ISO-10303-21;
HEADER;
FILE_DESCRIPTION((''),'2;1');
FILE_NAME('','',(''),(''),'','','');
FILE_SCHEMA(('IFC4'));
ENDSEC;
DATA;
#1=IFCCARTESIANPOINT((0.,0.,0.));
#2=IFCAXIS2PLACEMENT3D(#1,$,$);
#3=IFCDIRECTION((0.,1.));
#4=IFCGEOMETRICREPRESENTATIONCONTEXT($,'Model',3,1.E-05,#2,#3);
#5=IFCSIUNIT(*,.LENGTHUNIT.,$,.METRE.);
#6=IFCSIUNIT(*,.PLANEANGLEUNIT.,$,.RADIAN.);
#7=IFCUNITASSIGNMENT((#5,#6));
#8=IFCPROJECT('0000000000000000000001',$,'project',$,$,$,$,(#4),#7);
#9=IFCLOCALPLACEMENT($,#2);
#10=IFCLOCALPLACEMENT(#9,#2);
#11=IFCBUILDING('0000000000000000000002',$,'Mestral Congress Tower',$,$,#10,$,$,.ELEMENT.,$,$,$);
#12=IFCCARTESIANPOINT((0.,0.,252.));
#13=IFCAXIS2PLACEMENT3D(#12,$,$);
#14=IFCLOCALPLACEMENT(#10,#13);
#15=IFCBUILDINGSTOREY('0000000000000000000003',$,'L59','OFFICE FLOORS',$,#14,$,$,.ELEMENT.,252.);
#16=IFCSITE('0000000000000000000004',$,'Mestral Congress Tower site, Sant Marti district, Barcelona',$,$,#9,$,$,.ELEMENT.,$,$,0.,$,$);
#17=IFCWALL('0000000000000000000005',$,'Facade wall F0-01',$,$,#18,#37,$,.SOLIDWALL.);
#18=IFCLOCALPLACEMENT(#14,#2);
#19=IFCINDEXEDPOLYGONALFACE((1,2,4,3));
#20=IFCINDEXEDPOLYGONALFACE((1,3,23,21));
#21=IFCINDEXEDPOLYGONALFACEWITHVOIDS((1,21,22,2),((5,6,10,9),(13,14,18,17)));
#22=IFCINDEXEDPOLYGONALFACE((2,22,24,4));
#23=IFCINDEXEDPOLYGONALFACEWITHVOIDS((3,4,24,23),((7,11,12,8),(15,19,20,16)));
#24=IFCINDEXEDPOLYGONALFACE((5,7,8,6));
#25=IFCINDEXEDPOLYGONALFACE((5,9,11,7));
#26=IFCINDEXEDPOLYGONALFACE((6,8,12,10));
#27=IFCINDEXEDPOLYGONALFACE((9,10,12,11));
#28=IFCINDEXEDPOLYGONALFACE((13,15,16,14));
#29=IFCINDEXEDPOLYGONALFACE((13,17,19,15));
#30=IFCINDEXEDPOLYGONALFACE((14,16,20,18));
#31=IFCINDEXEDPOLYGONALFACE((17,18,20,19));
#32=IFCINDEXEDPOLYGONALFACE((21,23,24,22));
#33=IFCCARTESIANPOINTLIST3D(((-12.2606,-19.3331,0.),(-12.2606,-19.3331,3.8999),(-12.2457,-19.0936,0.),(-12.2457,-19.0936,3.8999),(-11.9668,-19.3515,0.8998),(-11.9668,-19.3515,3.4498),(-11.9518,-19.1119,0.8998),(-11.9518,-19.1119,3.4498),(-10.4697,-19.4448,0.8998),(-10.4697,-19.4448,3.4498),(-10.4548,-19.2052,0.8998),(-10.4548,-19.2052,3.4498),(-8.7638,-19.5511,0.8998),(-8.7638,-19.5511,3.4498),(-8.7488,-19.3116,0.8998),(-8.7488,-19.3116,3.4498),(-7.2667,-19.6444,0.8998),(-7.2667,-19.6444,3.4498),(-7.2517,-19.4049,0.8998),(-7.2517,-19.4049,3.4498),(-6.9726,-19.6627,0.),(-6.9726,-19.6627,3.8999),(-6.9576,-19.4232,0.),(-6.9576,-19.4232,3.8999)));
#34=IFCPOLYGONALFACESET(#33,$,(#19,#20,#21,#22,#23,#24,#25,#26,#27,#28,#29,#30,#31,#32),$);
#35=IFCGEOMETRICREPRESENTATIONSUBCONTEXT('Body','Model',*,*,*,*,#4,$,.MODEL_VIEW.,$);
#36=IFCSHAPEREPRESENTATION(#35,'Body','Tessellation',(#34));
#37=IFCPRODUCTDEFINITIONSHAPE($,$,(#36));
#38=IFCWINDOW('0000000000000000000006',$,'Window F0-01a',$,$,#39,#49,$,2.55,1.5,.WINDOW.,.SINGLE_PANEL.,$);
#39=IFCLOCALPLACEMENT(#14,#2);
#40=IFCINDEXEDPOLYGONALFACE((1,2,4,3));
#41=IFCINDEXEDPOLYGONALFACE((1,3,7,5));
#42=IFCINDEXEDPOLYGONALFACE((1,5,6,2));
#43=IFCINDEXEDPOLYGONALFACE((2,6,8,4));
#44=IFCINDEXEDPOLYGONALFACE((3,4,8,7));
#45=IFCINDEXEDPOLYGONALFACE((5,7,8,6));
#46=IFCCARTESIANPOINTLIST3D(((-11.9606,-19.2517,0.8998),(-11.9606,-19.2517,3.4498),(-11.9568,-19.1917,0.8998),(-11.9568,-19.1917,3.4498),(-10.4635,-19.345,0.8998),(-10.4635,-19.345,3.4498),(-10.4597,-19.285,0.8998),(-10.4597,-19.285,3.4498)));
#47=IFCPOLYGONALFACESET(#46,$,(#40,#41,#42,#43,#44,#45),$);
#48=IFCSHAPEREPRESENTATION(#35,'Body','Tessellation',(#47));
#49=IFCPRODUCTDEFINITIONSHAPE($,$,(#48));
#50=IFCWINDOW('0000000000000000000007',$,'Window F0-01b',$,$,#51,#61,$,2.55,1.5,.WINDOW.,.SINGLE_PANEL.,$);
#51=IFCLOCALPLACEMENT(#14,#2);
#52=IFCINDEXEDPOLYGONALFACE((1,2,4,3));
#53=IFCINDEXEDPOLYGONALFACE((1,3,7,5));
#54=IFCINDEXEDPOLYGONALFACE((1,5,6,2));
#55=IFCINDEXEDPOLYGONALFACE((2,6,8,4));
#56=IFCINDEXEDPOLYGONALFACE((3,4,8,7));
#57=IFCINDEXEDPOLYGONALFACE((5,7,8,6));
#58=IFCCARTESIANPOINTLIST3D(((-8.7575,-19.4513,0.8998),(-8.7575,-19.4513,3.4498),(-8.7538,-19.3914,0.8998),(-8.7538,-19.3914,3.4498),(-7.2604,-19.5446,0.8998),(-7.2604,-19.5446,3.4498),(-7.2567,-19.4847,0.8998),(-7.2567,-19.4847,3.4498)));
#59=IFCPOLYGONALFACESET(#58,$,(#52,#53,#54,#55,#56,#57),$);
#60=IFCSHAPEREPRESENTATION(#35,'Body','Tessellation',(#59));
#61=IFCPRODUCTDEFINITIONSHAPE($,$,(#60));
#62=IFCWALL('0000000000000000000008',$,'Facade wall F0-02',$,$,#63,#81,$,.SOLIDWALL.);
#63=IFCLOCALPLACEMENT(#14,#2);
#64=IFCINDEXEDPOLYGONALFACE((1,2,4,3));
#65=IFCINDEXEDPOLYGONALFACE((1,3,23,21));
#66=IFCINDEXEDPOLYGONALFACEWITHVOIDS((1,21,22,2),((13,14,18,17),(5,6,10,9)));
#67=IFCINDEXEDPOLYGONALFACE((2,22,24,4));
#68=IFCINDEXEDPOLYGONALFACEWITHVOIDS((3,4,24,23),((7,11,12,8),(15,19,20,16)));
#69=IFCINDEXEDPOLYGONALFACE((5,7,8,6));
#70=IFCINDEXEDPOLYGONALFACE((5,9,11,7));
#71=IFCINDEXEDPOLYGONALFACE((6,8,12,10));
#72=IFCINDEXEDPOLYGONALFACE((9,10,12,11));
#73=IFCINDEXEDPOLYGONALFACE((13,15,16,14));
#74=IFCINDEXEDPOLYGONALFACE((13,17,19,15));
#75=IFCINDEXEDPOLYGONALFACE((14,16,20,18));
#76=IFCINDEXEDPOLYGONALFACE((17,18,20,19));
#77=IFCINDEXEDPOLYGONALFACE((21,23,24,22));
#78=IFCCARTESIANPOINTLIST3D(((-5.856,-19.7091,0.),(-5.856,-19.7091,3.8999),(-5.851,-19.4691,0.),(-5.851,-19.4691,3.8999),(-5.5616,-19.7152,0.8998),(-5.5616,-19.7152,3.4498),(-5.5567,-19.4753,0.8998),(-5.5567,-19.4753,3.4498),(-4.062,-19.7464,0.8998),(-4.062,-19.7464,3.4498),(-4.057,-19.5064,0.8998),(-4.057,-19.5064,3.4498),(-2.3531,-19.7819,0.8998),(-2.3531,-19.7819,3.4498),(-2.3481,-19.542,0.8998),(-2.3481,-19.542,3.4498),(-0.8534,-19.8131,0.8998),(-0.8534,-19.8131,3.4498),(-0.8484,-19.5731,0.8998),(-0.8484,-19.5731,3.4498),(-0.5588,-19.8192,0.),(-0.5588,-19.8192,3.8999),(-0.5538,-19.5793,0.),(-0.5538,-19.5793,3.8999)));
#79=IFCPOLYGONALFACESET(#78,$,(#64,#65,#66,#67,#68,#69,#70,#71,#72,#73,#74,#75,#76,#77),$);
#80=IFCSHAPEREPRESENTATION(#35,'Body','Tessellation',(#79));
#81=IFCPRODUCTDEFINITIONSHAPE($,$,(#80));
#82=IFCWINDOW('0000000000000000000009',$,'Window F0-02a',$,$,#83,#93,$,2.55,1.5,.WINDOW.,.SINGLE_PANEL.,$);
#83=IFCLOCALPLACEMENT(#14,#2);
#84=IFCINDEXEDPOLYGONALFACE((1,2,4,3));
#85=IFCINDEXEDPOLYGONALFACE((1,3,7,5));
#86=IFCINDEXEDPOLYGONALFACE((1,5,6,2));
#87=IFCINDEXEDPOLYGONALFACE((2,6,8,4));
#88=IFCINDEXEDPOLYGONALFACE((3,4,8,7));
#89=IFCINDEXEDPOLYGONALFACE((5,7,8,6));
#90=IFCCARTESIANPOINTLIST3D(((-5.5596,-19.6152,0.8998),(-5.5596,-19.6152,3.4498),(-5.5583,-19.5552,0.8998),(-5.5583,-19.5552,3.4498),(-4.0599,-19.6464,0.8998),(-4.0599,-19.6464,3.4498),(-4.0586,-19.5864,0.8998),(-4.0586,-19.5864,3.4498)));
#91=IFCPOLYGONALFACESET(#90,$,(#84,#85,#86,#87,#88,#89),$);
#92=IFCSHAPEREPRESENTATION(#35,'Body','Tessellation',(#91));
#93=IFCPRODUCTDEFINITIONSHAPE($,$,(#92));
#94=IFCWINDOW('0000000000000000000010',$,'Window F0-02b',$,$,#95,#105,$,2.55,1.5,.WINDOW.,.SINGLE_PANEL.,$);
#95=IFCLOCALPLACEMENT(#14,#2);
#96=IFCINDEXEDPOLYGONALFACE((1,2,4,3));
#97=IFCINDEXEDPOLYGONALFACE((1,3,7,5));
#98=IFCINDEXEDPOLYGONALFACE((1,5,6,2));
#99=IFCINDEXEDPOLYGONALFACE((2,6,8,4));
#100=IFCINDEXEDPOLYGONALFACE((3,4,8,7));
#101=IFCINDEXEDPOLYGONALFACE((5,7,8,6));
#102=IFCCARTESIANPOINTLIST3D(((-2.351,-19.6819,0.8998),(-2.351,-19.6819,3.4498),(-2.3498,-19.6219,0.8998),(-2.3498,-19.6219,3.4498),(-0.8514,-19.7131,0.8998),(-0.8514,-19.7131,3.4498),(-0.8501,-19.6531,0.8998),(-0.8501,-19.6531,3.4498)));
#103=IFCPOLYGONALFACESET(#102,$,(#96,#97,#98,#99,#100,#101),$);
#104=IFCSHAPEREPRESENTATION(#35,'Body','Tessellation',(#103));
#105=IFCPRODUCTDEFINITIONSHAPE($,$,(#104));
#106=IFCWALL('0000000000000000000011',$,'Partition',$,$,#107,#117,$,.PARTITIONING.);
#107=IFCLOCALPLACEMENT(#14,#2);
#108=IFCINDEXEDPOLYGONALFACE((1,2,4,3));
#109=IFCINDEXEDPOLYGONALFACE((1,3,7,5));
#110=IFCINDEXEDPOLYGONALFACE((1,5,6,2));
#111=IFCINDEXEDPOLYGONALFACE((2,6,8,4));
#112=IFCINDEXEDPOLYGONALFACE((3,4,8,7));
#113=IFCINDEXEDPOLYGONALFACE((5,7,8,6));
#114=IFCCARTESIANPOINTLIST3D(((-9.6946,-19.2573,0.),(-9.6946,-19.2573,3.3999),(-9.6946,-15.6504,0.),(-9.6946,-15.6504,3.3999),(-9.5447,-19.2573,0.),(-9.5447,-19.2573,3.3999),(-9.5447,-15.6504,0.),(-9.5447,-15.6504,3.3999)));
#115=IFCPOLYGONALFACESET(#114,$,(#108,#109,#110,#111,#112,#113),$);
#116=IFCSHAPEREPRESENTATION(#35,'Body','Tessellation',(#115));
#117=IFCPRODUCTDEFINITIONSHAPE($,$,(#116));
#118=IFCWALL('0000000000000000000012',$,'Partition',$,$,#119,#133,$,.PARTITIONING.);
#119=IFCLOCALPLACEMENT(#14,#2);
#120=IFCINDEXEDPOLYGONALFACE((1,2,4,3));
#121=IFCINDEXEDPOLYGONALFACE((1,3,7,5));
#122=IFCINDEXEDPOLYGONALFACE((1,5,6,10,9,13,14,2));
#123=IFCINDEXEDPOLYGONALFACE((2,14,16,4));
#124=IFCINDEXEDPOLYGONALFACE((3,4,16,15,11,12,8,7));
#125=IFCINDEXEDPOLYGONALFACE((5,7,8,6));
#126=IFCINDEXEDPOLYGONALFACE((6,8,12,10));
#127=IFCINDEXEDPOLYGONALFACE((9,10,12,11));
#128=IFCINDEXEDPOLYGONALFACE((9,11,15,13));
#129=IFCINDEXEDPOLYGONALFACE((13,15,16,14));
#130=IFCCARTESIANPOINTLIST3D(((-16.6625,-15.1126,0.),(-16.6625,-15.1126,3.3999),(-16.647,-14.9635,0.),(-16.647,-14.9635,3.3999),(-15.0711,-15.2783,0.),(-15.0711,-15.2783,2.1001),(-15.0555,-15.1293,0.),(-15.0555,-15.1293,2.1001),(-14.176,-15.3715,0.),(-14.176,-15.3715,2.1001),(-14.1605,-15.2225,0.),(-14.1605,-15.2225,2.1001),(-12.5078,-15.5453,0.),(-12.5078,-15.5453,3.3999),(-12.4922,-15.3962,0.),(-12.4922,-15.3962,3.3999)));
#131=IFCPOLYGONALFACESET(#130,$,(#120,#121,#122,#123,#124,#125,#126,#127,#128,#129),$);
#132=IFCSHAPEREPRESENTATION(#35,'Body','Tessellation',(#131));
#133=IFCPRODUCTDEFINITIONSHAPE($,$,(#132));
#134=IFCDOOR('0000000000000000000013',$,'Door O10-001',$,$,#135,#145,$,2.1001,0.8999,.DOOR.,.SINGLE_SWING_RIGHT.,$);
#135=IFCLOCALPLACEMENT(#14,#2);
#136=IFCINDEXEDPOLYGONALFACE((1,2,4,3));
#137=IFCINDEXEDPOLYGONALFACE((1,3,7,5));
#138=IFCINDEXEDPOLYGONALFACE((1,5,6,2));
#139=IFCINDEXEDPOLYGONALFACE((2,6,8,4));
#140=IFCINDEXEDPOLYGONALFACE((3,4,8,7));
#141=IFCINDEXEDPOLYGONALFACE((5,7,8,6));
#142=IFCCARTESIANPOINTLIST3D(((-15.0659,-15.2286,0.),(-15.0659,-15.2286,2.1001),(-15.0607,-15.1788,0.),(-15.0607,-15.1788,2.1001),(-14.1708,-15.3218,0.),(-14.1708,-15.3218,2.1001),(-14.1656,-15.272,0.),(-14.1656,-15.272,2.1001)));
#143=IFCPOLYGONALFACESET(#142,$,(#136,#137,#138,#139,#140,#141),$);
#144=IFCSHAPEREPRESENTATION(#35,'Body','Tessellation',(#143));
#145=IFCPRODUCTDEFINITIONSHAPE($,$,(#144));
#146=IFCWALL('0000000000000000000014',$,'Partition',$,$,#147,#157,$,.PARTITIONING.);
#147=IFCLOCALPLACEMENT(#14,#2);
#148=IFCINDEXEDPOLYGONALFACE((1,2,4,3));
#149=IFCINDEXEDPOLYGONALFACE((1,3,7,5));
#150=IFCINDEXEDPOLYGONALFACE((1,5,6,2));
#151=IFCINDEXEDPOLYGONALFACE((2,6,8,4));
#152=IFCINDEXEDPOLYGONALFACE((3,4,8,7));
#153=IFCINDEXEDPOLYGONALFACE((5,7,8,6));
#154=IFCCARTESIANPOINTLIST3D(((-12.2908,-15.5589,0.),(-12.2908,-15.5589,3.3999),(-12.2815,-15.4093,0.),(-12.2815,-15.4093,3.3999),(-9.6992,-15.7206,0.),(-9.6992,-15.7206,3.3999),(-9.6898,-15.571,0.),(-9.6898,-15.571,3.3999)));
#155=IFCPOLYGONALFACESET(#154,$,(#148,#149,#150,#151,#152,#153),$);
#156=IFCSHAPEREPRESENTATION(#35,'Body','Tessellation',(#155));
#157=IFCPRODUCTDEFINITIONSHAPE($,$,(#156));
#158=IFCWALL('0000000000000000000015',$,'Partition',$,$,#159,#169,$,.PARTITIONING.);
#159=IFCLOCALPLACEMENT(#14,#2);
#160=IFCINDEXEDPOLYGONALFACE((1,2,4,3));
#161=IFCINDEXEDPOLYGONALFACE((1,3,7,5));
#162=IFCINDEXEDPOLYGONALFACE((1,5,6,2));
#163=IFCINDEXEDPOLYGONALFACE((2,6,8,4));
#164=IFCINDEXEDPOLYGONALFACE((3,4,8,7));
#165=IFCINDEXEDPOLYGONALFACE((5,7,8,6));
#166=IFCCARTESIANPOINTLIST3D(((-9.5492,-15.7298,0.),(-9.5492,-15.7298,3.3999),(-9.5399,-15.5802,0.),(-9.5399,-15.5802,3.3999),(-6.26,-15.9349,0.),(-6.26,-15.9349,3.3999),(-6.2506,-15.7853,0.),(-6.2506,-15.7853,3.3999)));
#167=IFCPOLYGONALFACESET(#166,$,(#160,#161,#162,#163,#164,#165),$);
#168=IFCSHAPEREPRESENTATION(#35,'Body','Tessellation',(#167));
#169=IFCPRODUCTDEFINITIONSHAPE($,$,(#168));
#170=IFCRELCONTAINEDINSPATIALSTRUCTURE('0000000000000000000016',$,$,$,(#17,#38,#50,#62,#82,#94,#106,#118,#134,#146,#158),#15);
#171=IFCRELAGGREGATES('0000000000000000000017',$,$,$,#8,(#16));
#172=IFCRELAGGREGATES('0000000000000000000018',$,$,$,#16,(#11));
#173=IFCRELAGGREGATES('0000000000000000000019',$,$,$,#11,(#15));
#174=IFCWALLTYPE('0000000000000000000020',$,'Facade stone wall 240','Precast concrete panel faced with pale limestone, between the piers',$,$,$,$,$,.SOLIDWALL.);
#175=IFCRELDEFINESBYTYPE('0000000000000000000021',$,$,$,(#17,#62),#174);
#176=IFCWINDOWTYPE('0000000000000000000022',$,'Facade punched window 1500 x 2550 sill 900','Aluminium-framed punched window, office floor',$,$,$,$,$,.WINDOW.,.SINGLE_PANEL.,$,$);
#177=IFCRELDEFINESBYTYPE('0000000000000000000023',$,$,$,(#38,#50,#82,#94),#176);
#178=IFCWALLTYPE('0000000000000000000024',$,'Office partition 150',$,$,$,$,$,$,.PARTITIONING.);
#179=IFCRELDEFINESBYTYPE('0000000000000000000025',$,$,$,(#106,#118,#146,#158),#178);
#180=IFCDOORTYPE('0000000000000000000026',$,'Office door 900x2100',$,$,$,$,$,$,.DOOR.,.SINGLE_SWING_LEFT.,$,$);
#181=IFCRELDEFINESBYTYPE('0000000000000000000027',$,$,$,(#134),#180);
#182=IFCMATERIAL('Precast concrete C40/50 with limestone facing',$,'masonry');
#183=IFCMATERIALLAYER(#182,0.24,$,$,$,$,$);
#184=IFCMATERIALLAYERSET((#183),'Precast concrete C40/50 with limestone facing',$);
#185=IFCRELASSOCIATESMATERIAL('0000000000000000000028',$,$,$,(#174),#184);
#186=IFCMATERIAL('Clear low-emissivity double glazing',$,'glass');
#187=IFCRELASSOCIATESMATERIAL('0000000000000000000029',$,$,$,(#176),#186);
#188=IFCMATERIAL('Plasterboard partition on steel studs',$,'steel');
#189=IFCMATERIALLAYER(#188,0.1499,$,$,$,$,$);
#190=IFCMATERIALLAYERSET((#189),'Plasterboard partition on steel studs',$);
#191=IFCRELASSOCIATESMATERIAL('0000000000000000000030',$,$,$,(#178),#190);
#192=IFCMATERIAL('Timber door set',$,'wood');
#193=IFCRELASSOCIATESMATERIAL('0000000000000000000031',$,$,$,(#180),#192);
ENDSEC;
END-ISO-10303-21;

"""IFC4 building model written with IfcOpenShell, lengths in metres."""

from ifc_helpers import new_model, si_unit, direction, frame, frame_2d, origin, place, context, subcontext, project, spatial, rectangle, extrude, material, layer, layer_set, type_object, element, fill, save


model = new_model("IFC4")

# Units and contexts
model_context = context("Model", 3, precision=1e-05, world=origin(), true_north=direction((0.0, 1.0)))
body_context = subcontext(model_context, "Body", "Model", "MODEL_VIEW")
ifc_project = project(units=[si_unit("LENGTHUNIT", "METRE"), si_unit("PLANEANGLEUNIT", "RADIAN")], contexts=[model_context])

# Site, building, storey
site_placement = place(None, origin())
site = spatial("IfcSite", under=ifc_project, at=site_placement, Name="Mestral Congress Tower site, Sant Marti district, Barcelona", CompositionType="ELEMENT", RefElevation=0.0)
building_placement = place(site_placement, origin())
building = spatial("IfcBuilding", under=site, at=building_placement, Name="Mestral Congress Tower", CompositionType="ELEMENT")
storey_placement = place(building_placement, frame((0.0, 0.0, 252.0)))
storey = spatial("IfcBuildingStorey", under=building, at=storey_placement, Name="L59", Description="OFFICE FLOORS", CompositionType="ELEMENT", Elevation=252.0)

# Walls, openings, windows
ifc_material_1 = material(Name="Precast concrete C40/50 with limestone facing", Category="masonry")
ifc_layer_1 = layer(ifc_material_1, 0.24)
ifc_layer_set_1 = layer_set([ifc_layer_1], Name="Precast concrete C40/50 with limestone facing")
wall_type_1 = type_object("IfcWallType", Name="Facade stone wall 240", Description="Precast concrete panel faced with pale limestone, between the piers", PredefinedType="SOLIDWALL", material=ifc_layer_set_1)
wall_1_placement = place(storey_placement, frame((-12.2532, -19.2134, 0.0), z_axis=(0.0, 0.0, 1.0), x_axis=(0.998063, -0.062206, 0.0)))
wall_1 = element("IfcWall", 1, at=wall_1_placement, inside=storey, type_object=wall_type_1, Name="Facade wall F0-01", PredefinedType="SOLIDWALL", context=body_context, shape_type="SweptSolid", body=[
    extrude(rectangle(XDim=5.2983, YDim=0.24, at=frame_2d((2.6492, 0.0))), origin(), (0.0, 0.0, 1.0), 3.8999),
])
opening_1_placement = place(wall_1_placement, frame((0.2944, 0.0, 0.8999)))
opening_1 = element("IfcOpeningElement", 2, at=opening_1_placement, cuts=wall_1, PredefinedType="OPENING", context=body_context, shape_type="SweptSolid", body=[
    extrude(rectangle(XDim=1.5, YDim=2.55, at=frame_2d((0.75, 1.2749))), frame((0.0, 0.1299, 0.0), z_axis=(0.0, -1.0, 0.0), x_axis=(1.0, 0.0, 0.0)), (0.0, 0.0, 1.0), 0.26),
])
opening_2_placement = place(wall_1_placement, frame((3.5037, 0.0, 0.8999)))
opening_2 = element("IfcOpeningElement", 3, at=opening_2_placement, cuts=wall_1, PredefinedType="OPENING", context=body_context, shape_type="SweptSolid", body=[
    extrude(rectangle(XDim=1.5, YDim=2.55, at=frame_2d((0.75, 1.2749))), frame((0.0, 0.1299, 0.0), z_axis=(0.0, -1.0, 0.0), x_axis=(1.0, 0.0, 0.0)), (0.0, 0.0, 1.0), 0.26),
])
ifc_material_2 = material(Name="Clear low-emissivity double glazing", Category="glass")
window_type = type_object("IfcWindowType", Name="Facade punched window 1500 x 2550 sill 900", Description="Aluminium-framed punched window, office floor", PartitioningType="SINGLE_PANEL", PredefinedType="WINDOW", material=ifc_material_2)
window_1_placement = place(opening_1_placement, origin())
window_1 = element("IfcWindow", 4, at=window_1_placement, inside=storey, type_object=window_type, Name="Window F0-01a", OverallHeight=2.55, OverallWidth=1.5, PartitioningType="SINGLE_PANEL", PredefinedType="WINDOW", context=body_context, shape_type="SweptSolid", body=[
    extrude(rectangle(XDim=1.5, YDim=2.55, at=frame_2d((0.75, 1.2749))), frame((0.0, 0.04, 0.0), z_axis=(0.0, -1.0, 0.0), x_axis=(1.0, 0.0, 0.0)), (0.0, 0.0, 1.0), 0.0601),
])
fill(opening_1, window_1)
window_2_placement = place(opening_2_placement, origin())
window_2 = element("IfcWindow", 5, at=window_2_placement, inside=storey, type_object=window_type, Name="Window F0-01b", OverallHeight=2.55, OverallWidth=1.5, PartitioningType="SINGLE_PANEL", PredefinedType="WINDOW", context=body_context, shape_type="SweptSolid", body=[
    extrude(rectangle(XDim=1.5, YDim=2.55, at=frame_2d((0.75, 1.2749))), frame((0.0, 0.04, 0.0), z_axis=(0.0, -1.0, 0.0), x_axis=(1.0, 0.0, 0.0)), (0.0, 0.0, 1.0), 0.0601),
])
fill(opening_2, window_2)
wall_2_placement = place(storey_placement, frame((-5.8535, -19.5891, 0.0), z_axis=(0.0, 0.0, 1.0), x_axis=(0.999784, -0.020782, 0.0)))
wall_2 = element("IfcWall", 6, at=wall_2_placement, inside=storey, type_object=wall_type_1, Name="Facade wall F0-02", PredefinedType="SOLIDWALL", context=body_context, shape_type="SweptSolid", body=[
    extrude(rectangle(XDim=5.2983, YDim=0.24, at=frame_2d((2.6492, 0.0))), origin(), (0.0, 0.0, 1.0), 3.8999),
])
opening_3_placement = place(wall_2_placement, frame((0.2944, 0.0, 0.8999)))
opening_3 = element("IfcOpeningElement", 7, at=opening_3_placement, cuts=wall_2, PredefinedType="OPENING", context=body_context, shape_type="SweptSolid", body=[
    extrude(rectangle(XDim=1.5, YDim=2.55, at=frame_2d((0.75, 1.2749))), frame((0.0, 0.1299, 0.0), z_axis=(0.0, -1.0, 0.0), x_axis=(1.0, 0.0, 0.0)), (0.0, 0.0, 1.0), 0.26),
])
opening_4_placement = place(wall_2_placement, frame((3.5037, 0.0, 0.8999)))
opening_4 = element("IfcOpeningElement", 8, at=opening_4_placement, cuts=wall_2, PredefinedType="OPENING", context=body_context, shape_type="SweptSolid", body=[
    extrude(rectangle(XDim=1.5, YDim=2.55, at=frame_2d((0.75, 1.2749))), frame((0.0, 0.1299, 0.0), z_axis=(0.0, -1.0, 0.0), x_axis=(1.0, 0.0, 0.0)), (0.0, 0.0, 1.0), 0.26),
])
window_3_placement = place(opening_3_placement, origin())
window_3 = element("IfcWindow", 9, at=window_3_placement, inside=storey, type_object=window_type, Name="Window F0-02a", OverallHeight=2.55, OverallWidth=1.5, PartitioningType="SINGLE_PANEL", PredefinedType="WINDOW", context=body_context, shape_type="SweptSolid", body=[
    extrude(rectangle(XDim=1.5, YDim=2.55, at=frame_2d((0.75, 1.2749))), frame((0.0, 0.04, 0.0), z_axis=(0.0, -1.0, 0.0), x_axis=(1.0, 0.0, 0.0)), (0.0, 0.0, 1.0), 0.0601),
])
fill(opening_3, window_3)
window_4_placement = place(opening_4_placement, origin())
window_4 = element("IfcWindow", 10, at=window_4_placement, inside=storey, type_object=window_type, Name="Window F0-02b", OverallHeight=2.55, OverallWidth=1.5, PartitioningType="SINGLE_PANEL", PredefinedType="WINDOW", context=body_context, shape_type="SweptSolid", body=[
    extrude(rectangle(XDim=1.5, YDim=2.55, at=frame_2d((0.75, 1.2749))), frame((0.0, 0.04, 0.0), z_axis=(0.0, -1.0, 0.0), x_axis=(1.0, 0.0, 0.0)), (0.0, 0.0, 1.0), 0.0601),
])
fill(opening_4, window_4)

# Wall
ifc_material_3 = material(Name="Plasterboard partition on steel studs", Category="steel")
ifc_layer_2 = layer(ifc_material_3, 0.1499)
ifc_layer_set_2 = layer_set([ifc_layer_2], Name="Plasterboard partition on steel studs")
wall_type_2 = type_object("IfcWallType", Name="Office partition 150", PredefinedType="PARTITIONING", material=ifc_layer_set_2)
wall_3_placement = place(storey_placement, frame((-9.6196, -15.6504, 0.0), z_axis=(0.0, 0.0, 1.0), x_axis=(0.0, -1.0, 0.0)))
element("IfcWall", 11, at=wall_3_placement, inside=storey, type_object=wall_type_2, Name="Partition", PredefinedType="PARTITIONING", context=body_context, shape_type="SweptSolid", body=[
    extrude(rectangle(XDim=3.6069, YDim=0.1499, at=frame_2d((1.8035, 0.0))), origin(), (0.0, 0.0, 1.0), 3.3999),
])

# Wall, opening, door
wall_4_placement = place(storey_placement, frame((-12.5, -15.4707, 0.0), z_axis=(0.0, 0.0, 1.0), x_axis=(-0.994623, 0.103565, 0.0)))
wall_4 = element("IfcWall", 12, at=wall_4_placement, inside=storey, type_object=wall_type_2, Name="Partition", PredefinedType="PARTITIONING", context=body_context, shape_type="SweptSolid", body=[
    extrude(rectangle(XDim=4.1772, YDim=0.1499, at=frame_2d((2.0886, 0.0))), origin(), (0.0, 0.0, 1.0), 3.3999),
])
opening_5_placement = place(wall_4_placement, frame((1.6772, 0.0, 0.0)))
opening_5 = element("IfcOpeningElement", 13, at=opening_5_placement, cuts=wall_4, PredefinedType="OPENING", context=body_context, shape_type="SweptSolid", body=[
    extrude(rectangle(XDim=0.8999, YDim=2.1001, at=frame_2d((0.45, 1.05))), frame((0.0, 0.085, 0.0), z_axis=(0.0, -1.0, 0.0), x_axis=(1.0, 0.0, 0.0)), (0.0, 0.0, 1.0), 0.1699),
])
ifc_material_4 = material(Name="Timber door set", Category="wood")
door_type_1 = type_object("IfcDoorType", Name="Office door 900x2100", OperationType="SINGLE_SWING_LEFT", PredefinedType="DOOR", material=ifc_material_4)
door_1_placement = place(opening_5_placement, origin())
door_1 = element("IfcDoor", 14, at=door_1_placement, inside=storey, type_object=door_type_1, Name="Door O10-001", OperationType="SINGLE_SWING_RIGHT", OverallHeight=2.1001, OverallWidth=0.8999, PredefinedType="DOOR", context=body_context, shape_type="SweptSolid", body=[
    extrude(rectangle(XDim=0.8999, YDim=2.1001, at=frame_2d((0.45, 1.05))), frame((0.0, 0.0249, 0.0), z_axis=(0.0, -1.0, 0.0), x_axis=(1.0, 0.0, 0.0)), (0.0, 0.0, 1.0), 0.05),
])
fill(opening_5, door_1)

# Walls
wall_5_placement = place(storey_placement, frame((-12.2861, -15.4841, 0.0), z_axis=(0.0, 0.0, 1.0), x_axis=(0.998061, -0.062244, 0.0)))
element("IfcWall", 15, at=wall_5_placement, inside=storey, type_object=wall_type_2, Name="Partition", PredefinedType="PARTITIONING", context=body_context, shape_type="SweptSolid", body=[
    extrude(rectangle(XDim=2.5967, YDim=0.1499, at=frame_2d((1.2983, 0.0))), origin(), (0.0, 0.0, 1.0), 3.3999),
])
wall_6_placement = place(storey_placement, frame((-9.5447, -15.655, 0.0), z_axis=(0.0, 0.0, 1.0), x_axis=(0.998062, -0.062226, 0.0)))
element("IfcWall", 16, at=wall_6_placement, inside=storey, type_object=wall_type_2, Name="Partition", PredefinedType="PARTITIONING", context=body_context, shape_type="SweptSolid", body=[
    extrude(rectangle(XDim=3.2957, YDim=0.1499, at=frame_2d((1.6479, 0.0))), origin(), (0.0, 0.0, 1.0), 3.3999),
])

save(model, "model.ifc")
